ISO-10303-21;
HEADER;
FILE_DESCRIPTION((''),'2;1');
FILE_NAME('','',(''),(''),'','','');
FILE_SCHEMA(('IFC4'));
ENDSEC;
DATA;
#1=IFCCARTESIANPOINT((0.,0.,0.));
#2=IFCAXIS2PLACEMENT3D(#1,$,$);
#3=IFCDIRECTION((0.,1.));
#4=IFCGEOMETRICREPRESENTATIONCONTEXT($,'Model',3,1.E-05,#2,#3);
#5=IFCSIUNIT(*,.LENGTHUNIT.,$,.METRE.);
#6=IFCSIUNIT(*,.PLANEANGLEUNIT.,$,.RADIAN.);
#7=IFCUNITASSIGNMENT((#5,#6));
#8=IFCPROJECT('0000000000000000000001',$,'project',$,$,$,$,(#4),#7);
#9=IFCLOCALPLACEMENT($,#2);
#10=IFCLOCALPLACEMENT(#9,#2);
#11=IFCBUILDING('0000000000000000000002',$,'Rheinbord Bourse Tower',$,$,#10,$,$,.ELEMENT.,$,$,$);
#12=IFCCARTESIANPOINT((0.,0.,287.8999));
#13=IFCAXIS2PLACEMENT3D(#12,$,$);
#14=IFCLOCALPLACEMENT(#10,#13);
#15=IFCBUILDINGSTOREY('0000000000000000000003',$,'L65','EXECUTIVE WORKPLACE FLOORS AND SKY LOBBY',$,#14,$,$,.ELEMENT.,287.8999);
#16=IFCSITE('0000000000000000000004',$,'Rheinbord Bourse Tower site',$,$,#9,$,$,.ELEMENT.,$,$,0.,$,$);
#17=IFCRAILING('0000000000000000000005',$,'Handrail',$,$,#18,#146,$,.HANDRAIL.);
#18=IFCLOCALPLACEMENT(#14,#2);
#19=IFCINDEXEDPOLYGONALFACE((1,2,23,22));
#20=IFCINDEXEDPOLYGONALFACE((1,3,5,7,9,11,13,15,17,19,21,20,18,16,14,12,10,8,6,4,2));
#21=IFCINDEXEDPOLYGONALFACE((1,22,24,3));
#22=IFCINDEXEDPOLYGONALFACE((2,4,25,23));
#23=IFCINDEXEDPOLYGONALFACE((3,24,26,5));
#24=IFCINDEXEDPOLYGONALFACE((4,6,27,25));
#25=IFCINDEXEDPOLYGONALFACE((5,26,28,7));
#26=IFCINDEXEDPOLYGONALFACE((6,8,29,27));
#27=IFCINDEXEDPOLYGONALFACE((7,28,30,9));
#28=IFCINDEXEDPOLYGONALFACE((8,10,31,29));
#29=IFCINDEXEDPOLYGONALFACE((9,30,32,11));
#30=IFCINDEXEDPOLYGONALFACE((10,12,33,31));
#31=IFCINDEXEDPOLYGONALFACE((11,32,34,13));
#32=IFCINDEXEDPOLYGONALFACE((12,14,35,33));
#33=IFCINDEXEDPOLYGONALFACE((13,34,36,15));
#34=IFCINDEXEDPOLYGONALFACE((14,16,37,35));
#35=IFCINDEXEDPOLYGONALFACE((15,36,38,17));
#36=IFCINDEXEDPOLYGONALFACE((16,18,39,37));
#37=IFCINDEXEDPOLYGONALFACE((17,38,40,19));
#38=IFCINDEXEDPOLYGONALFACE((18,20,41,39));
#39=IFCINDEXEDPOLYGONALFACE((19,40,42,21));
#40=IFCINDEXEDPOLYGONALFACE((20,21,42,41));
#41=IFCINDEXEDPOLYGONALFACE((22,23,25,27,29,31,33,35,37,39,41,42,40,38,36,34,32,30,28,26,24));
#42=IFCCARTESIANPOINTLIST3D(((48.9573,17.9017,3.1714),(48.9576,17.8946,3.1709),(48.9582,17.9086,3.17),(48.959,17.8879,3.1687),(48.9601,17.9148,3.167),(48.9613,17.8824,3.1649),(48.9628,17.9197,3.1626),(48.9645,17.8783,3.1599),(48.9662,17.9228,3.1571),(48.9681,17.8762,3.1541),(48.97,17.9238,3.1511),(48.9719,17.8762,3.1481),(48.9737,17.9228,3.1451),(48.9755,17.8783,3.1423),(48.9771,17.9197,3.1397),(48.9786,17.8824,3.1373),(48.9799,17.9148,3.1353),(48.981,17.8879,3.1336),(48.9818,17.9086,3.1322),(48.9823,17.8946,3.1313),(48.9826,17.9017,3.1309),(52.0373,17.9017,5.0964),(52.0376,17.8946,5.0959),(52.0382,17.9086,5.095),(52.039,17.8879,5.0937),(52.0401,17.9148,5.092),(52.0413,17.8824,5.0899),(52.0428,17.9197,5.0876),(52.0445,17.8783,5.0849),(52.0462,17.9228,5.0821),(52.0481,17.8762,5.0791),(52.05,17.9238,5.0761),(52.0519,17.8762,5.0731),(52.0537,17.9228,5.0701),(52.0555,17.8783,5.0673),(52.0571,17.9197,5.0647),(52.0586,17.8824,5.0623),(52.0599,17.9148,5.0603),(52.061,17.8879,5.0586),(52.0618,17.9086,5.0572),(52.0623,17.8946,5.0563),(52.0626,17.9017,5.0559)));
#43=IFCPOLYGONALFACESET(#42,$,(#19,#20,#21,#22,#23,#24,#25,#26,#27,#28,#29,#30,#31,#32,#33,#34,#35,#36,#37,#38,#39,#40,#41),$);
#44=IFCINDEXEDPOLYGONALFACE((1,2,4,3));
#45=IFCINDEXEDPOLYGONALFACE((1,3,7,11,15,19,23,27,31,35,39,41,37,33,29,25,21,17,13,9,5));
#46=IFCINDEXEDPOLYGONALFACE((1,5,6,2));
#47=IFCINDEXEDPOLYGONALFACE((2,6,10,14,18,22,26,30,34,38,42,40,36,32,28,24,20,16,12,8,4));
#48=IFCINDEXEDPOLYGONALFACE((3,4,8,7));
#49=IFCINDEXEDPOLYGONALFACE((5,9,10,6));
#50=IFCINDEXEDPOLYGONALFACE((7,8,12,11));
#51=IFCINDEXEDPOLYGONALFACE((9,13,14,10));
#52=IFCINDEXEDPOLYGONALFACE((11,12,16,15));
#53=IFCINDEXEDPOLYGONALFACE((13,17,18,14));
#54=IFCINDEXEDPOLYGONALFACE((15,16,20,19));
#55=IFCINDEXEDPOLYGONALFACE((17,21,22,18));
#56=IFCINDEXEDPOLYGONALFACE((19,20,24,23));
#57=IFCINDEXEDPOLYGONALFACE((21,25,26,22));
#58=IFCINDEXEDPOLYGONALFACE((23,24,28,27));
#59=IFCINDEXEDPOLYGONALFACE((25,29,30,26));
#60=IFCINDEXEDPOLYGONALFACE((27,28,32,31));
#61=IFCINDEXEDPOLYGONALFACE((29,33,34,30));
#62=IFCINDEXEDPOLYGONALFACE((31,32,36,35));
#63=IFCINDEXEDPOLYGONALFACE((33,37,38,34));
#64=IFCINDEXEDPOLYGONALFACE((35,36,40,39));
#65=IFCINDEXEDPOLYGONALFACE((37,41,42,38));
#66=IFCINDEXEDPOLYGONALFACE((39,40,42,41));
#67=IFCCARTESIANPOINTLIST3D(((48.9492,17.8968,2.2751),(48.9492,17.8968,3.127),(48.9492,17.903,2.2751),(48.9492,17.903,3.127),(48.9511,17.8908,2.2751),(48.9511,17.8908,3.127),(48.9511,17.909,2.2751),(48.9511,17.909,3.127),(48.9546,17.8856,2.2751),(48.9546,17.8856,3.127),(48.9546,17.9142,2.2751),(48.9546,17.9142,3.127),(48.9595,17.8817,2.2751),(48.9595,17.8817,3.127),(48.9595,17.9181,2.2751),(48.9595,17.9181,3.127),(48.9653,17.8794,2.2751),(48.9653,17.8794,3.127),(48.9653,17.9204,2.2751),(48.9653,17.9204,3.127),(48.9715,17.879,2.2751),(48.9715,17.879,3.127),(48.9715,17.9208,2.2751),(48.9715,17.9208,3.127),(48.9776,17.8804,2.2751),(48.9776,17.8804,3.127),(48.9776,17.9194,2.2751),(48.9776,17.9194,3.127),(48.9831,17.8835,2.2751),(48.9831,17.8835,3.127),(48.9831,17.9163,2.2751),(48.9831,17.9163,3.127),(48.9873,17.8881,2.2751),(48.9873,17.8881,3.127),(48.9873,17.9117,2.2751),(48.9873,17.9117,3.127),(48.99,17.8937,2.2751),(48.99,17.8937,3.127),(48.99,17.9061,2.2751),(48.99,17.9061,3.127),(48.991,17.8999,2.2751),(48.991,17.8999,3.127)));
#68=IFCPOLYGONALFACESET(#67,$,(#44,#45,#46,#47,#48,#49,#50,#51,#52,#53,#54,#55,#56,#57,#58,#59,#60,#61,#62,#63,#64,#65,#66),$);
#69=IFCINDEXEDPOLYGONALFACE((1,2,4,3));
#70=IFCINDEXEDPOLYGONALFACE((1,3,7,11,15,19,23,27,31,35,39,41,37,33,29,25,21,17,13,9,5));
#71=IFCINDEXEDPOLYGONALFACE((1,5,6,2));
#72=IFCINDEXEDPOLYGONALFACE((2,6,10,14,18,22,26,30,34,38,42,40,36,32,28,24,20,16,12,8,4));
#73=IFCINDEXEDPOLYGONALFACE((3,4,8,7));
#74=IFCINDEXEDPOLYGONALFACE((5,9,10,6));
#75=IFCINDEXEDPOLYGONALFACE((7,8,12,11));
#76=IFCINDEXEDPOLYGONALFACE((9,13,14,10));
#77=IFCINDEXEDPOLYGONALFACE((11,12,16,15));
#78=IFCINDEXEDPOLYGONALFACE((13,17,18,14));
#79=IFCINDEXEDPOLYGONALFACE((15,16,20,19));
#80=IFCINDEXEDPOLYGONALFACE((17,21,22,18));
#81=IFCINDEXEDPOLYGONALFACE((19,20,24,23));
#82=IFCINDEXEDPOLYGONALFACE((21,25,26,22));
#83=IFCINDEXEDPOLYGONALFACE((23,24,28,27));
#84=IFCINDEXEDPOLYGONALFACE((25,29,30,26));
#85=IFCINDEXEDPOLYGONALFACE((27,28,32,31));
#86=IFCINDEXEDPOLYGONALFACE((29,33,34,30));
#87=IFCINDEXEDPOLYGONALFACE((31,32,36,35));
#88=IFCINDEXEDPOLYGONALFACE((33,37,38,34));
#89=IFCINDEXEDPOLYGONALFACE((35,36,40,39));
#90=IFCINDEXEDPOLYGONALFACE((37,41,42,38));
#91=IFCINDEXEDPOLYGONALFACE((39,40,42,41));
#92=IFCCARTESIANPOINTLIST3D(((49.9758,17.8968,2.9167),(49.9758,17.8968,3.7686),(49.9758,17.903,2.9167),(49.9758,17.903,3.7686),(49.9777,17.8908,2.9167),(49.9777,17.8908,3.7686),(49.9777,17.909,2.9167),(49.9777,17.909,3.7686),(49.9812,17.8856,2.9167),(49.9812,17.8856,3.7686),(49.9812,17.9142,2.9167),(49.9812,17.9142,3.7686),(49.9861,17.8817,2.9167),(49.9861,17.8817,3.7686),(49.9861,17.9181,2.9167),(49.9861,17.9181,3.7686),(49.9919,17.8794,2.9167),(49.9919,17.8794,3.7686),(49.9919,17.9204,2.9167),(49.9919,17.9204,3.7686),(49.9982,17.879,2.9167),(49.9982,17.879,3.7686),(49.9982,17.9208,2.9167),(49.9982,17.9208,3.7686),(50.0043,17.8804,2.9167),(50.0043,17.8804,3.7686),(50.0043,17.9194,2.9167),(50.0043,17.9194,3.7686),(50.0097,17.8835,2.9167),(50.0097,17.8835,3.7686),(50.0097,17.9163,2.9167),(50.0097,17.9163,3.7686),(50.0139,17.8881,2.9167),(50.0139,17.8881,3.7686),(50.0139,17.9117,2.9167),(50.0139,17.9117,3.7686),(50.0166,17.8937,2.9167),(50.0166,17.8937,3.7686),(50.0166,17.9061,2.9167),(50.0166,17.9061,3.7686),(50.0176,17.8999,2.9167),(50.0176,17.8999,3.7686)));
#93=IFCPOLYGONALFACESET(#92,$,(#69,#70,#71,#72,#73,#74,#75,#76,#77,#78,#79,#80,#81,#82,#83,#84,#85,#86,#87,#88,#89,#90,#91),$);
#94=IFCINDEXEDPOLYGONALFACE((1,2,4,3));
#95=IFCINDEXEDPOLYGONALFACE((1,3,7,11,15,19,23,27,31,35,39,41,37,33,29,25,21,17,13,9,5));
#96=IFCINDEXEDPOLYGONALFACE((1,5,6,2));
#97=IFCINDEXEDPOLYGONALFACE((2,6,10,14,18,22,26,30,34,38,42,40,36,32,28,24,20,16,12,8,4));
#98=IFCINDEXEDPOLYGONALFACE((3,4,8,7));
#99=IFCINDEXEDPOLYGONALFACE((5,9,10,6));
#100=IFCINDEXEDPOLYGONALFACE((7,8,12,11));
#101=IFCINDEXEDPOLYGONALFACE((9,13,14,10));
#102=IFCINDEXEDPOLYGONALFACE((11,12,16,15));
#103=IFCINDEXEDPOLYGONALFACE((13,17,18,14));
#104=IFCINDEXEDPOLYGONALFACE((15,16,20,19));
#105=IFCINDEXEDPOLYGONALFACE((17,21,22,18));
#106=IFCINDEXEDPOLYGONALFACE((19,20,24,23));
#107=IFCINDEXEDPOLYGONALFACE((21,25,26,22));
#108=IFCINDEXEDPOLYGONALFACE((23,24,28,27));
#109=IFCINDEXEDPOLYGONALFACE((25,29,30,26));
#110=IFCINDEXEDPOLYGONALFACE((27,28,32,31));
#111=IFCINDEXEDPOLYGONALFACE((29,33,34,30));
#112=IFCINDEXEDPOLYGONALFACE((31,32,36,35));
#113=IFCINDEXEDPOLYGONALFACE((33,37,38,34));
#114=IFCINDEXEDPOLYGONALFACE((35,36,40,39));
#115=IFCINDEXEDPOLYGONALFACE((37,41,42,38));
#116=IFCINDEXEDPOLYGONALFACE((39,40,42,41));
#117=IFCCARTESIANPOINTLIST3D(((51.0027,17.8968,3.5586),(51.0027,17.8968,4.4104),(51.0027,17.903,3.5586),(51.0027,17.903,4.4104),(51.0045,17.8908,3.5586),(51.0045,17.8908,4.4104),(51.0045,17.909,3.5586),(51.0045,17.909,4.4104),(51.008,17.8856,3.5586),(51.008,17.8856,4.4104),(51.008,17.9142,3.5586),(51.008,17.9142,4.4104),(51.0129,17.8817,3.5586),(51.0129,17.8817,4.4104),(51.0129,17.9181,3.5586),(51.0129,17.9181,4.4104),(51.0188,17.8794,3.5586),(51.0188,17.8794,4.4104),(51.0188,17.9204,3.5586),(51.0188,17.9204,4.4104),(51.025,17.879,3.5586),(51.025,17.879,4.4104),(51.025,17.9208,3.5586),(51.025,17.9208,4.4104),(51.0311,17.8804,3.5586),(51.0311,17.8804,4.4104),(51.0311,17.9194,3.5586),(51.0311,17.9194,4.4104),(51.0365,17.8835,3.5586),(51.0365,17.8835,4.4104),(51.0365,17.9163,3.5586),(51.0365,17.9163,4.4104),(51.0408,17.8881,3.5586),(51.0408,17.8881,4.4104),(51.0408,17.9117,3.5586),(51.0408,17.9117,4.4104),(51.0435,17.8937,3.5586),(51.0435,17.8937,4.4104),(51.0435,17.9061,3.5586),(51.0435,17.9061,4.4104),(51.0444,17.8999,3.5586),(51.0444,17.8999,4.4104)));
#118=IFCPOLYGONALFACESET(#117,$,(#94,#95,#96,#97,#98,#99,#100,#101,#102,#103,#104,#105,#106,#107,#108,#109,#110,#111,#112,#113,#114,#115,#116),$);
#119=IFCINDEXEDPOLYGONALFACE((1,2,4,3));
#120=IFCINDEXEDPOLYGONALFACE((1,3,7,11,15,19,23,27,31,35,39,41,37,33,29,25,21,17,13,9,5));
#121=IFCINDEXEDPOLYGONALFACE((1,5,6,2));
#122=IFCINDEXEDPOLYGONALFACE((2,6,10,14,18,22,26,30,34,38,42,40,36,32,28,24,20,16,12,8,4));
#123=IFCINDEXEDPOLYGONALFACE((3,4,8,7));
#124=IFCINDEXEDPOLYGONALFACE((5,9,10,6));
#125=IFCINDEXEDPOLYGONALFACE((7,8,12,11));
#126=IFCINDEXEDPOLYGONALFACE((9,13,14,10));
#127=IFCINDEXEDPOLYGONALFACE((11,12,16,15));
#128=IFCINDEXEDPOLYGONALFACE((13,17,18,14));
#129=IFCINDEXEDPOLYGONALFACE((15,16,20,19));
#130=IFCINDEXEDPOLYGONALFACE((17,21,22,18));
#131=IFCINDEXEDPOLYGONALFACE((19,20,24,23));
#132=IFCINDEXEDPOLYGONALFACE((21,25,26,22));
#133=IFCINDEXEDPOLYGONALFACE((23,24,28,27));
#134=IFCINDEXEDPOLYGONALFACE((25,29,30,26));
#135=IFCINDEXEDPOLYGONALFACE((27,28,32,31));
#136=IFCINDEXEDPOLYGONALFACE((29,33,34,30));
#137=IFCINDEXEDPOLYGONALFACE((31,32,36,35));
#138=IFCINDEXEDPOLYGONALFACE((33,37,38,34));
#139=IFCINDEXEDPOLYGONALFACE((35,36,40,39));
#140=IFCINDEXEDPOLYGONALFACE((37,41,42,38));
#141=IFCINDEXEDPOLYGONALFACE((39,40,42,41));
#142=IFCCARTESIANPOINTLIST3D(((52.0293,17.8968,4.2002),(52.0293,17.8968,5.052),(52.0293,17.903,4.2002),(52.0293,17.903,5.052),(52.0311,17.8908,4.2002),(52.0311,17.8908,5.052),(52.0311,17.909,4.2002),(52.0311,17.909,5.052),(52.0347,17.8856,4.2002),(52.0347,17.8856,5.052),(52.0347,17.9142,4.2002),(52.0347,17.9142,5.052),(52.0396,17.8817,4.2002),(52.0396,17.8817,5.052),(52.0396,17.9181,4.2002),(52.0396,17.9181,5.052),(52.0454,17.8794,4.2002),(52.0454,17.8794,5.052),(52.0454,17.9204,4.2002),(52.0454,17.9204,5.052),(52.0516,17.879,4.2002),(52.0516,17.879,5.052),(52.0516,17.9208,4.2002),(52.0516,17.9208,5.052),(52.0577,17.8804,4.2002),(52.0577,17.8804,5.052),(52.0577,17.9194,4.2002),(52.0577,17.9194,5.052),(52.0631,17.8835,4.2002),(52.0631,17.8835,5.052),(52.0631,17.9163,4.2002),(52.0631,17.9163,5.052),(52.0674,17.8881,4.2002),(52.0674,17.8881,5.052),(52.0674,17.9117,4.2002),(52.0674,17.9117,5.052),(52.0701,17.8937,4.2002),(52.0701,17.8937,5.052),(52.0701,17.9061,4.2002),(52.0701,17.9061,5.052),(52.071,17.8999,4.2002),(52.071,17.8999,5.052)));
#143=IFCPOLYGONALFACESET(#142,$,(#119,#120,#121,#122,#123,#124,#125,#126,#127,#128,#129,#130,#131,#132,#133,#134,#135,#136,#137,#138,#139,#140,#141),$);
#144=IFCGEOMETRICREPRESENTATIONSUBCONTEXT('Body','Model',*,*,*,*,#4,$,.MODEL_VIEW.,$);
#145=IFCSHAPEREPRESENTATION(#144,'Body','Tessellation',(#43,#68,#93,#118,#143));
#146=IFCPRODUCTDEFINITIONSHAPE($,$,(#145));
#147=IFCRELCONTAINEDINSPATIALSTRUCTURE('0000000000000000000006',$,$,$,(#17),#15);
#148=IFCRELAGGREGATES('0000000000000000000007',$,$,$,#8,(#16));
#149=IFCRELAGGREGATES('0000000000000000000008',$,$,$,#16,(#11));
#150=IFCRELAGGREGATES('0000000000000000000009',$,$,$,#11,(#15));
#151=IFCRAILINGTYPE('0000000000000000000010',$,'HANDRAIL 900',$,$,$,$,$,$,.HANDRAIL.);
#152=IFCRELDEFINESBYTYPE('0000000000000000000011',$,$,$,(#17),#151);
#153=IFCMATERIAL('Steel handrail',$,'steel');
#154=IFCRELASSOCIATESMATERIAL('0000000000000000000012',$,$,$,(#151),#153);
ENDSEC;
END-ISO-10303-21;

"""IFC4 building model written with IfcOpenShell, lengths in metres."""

from ifc_helpers import new_model, si_unit, direction, frame, origin, origin_2d, place, context, subcontext, project, spatial, circle, extrude, material, type_object, element, save


model = new_model("IFC4")

# Units and contexts
model_context = context("Model", 3, precision=1e-05, world=origin(), true_north=direction((0.0, 1.0)))
body_context = subcontext(model_context, "Body", "Model", "MODEL_VIEW")
ifc_project = project(units=[si_unit("LENGTHUNIT", "METRE"), si_unit("PLANEANGLEUNIT", "RADIAN")], contexts=[model_context])

# Site, building, storey
site_placement = place(None, origin())
site = spatial("IfcSite", under=ifc_project, at=site_placement, Name="Rheinbord Bourse Tower site", CompositionType="ELEMENT", RefElevation=0.0)
building_placement = place(site_placement, origin())
building = spatial("IfcBuilding", under=site, at=building_placement, Name="Rheinbord Bourse Tower", CompositionType="ELEMENT")
storey_placement = place(building_placement, frame((0.0, 0.0, 287.8999)))
storey = spatial("IfcBuildingStorey", under=building, at=storey_placement, Name="L65", Description="EXECUTIVE WORKPLACE FLOORS AND SKY LOBBY", CompositionType="ELEMENT", Elevation=287.8999)

# Railing
ifc_material_1 = material(Name="Steel handrail", Category="steel")
railing_type = type_object("IfcRailingType", Name="HANDRAIL 900", PredefinedType="HANDRAIL", material=ifc_material_1)
railing_1_placement = place(storey_placement, frame((48.97, 17.8999, 2.2751)))
element("IfcRailing", 1, at=railing_1_placement, inside=storey, type_object=railing_type, Name="Handrail", PredefinedType="HANDRAIL", context=body_context, shape_type="SweptSolid", body=[
    extrude(circle(Radius=0.0239, at=origin_2d()), frame((0.0, 0.0, 0.876), z_axis=(0.847998, 0.0, 0.529999), x_axis=(0.0, 1.0, 0.0)), (0.0, 0.0, 1.0), 3.6321),
    extrude(circle(Radius=0.021, at=origin_2d()), origin(), (0.0, 0.0, 1.0), 0.8518),
    extrude(circle(Radius=0.021, at=origin_2d()), frame((1.0266, 0.0, 0.6416)), (0.0, 0.0, 1.0), 0.8518),
    extrude(circle(Radius=0.021, at=origin_2d()), frame((2.0535, 0.0, 1.2834)), (0.0, 0.0, 1.0), 0.8518),
    extrude(circle(Radius=0.021, at=origin_2d()), frame((3.0801, 0.0, 1.925)), (0.0, 0.0, 1.0), 0.8518),
])

save(model, "model.ifc")
